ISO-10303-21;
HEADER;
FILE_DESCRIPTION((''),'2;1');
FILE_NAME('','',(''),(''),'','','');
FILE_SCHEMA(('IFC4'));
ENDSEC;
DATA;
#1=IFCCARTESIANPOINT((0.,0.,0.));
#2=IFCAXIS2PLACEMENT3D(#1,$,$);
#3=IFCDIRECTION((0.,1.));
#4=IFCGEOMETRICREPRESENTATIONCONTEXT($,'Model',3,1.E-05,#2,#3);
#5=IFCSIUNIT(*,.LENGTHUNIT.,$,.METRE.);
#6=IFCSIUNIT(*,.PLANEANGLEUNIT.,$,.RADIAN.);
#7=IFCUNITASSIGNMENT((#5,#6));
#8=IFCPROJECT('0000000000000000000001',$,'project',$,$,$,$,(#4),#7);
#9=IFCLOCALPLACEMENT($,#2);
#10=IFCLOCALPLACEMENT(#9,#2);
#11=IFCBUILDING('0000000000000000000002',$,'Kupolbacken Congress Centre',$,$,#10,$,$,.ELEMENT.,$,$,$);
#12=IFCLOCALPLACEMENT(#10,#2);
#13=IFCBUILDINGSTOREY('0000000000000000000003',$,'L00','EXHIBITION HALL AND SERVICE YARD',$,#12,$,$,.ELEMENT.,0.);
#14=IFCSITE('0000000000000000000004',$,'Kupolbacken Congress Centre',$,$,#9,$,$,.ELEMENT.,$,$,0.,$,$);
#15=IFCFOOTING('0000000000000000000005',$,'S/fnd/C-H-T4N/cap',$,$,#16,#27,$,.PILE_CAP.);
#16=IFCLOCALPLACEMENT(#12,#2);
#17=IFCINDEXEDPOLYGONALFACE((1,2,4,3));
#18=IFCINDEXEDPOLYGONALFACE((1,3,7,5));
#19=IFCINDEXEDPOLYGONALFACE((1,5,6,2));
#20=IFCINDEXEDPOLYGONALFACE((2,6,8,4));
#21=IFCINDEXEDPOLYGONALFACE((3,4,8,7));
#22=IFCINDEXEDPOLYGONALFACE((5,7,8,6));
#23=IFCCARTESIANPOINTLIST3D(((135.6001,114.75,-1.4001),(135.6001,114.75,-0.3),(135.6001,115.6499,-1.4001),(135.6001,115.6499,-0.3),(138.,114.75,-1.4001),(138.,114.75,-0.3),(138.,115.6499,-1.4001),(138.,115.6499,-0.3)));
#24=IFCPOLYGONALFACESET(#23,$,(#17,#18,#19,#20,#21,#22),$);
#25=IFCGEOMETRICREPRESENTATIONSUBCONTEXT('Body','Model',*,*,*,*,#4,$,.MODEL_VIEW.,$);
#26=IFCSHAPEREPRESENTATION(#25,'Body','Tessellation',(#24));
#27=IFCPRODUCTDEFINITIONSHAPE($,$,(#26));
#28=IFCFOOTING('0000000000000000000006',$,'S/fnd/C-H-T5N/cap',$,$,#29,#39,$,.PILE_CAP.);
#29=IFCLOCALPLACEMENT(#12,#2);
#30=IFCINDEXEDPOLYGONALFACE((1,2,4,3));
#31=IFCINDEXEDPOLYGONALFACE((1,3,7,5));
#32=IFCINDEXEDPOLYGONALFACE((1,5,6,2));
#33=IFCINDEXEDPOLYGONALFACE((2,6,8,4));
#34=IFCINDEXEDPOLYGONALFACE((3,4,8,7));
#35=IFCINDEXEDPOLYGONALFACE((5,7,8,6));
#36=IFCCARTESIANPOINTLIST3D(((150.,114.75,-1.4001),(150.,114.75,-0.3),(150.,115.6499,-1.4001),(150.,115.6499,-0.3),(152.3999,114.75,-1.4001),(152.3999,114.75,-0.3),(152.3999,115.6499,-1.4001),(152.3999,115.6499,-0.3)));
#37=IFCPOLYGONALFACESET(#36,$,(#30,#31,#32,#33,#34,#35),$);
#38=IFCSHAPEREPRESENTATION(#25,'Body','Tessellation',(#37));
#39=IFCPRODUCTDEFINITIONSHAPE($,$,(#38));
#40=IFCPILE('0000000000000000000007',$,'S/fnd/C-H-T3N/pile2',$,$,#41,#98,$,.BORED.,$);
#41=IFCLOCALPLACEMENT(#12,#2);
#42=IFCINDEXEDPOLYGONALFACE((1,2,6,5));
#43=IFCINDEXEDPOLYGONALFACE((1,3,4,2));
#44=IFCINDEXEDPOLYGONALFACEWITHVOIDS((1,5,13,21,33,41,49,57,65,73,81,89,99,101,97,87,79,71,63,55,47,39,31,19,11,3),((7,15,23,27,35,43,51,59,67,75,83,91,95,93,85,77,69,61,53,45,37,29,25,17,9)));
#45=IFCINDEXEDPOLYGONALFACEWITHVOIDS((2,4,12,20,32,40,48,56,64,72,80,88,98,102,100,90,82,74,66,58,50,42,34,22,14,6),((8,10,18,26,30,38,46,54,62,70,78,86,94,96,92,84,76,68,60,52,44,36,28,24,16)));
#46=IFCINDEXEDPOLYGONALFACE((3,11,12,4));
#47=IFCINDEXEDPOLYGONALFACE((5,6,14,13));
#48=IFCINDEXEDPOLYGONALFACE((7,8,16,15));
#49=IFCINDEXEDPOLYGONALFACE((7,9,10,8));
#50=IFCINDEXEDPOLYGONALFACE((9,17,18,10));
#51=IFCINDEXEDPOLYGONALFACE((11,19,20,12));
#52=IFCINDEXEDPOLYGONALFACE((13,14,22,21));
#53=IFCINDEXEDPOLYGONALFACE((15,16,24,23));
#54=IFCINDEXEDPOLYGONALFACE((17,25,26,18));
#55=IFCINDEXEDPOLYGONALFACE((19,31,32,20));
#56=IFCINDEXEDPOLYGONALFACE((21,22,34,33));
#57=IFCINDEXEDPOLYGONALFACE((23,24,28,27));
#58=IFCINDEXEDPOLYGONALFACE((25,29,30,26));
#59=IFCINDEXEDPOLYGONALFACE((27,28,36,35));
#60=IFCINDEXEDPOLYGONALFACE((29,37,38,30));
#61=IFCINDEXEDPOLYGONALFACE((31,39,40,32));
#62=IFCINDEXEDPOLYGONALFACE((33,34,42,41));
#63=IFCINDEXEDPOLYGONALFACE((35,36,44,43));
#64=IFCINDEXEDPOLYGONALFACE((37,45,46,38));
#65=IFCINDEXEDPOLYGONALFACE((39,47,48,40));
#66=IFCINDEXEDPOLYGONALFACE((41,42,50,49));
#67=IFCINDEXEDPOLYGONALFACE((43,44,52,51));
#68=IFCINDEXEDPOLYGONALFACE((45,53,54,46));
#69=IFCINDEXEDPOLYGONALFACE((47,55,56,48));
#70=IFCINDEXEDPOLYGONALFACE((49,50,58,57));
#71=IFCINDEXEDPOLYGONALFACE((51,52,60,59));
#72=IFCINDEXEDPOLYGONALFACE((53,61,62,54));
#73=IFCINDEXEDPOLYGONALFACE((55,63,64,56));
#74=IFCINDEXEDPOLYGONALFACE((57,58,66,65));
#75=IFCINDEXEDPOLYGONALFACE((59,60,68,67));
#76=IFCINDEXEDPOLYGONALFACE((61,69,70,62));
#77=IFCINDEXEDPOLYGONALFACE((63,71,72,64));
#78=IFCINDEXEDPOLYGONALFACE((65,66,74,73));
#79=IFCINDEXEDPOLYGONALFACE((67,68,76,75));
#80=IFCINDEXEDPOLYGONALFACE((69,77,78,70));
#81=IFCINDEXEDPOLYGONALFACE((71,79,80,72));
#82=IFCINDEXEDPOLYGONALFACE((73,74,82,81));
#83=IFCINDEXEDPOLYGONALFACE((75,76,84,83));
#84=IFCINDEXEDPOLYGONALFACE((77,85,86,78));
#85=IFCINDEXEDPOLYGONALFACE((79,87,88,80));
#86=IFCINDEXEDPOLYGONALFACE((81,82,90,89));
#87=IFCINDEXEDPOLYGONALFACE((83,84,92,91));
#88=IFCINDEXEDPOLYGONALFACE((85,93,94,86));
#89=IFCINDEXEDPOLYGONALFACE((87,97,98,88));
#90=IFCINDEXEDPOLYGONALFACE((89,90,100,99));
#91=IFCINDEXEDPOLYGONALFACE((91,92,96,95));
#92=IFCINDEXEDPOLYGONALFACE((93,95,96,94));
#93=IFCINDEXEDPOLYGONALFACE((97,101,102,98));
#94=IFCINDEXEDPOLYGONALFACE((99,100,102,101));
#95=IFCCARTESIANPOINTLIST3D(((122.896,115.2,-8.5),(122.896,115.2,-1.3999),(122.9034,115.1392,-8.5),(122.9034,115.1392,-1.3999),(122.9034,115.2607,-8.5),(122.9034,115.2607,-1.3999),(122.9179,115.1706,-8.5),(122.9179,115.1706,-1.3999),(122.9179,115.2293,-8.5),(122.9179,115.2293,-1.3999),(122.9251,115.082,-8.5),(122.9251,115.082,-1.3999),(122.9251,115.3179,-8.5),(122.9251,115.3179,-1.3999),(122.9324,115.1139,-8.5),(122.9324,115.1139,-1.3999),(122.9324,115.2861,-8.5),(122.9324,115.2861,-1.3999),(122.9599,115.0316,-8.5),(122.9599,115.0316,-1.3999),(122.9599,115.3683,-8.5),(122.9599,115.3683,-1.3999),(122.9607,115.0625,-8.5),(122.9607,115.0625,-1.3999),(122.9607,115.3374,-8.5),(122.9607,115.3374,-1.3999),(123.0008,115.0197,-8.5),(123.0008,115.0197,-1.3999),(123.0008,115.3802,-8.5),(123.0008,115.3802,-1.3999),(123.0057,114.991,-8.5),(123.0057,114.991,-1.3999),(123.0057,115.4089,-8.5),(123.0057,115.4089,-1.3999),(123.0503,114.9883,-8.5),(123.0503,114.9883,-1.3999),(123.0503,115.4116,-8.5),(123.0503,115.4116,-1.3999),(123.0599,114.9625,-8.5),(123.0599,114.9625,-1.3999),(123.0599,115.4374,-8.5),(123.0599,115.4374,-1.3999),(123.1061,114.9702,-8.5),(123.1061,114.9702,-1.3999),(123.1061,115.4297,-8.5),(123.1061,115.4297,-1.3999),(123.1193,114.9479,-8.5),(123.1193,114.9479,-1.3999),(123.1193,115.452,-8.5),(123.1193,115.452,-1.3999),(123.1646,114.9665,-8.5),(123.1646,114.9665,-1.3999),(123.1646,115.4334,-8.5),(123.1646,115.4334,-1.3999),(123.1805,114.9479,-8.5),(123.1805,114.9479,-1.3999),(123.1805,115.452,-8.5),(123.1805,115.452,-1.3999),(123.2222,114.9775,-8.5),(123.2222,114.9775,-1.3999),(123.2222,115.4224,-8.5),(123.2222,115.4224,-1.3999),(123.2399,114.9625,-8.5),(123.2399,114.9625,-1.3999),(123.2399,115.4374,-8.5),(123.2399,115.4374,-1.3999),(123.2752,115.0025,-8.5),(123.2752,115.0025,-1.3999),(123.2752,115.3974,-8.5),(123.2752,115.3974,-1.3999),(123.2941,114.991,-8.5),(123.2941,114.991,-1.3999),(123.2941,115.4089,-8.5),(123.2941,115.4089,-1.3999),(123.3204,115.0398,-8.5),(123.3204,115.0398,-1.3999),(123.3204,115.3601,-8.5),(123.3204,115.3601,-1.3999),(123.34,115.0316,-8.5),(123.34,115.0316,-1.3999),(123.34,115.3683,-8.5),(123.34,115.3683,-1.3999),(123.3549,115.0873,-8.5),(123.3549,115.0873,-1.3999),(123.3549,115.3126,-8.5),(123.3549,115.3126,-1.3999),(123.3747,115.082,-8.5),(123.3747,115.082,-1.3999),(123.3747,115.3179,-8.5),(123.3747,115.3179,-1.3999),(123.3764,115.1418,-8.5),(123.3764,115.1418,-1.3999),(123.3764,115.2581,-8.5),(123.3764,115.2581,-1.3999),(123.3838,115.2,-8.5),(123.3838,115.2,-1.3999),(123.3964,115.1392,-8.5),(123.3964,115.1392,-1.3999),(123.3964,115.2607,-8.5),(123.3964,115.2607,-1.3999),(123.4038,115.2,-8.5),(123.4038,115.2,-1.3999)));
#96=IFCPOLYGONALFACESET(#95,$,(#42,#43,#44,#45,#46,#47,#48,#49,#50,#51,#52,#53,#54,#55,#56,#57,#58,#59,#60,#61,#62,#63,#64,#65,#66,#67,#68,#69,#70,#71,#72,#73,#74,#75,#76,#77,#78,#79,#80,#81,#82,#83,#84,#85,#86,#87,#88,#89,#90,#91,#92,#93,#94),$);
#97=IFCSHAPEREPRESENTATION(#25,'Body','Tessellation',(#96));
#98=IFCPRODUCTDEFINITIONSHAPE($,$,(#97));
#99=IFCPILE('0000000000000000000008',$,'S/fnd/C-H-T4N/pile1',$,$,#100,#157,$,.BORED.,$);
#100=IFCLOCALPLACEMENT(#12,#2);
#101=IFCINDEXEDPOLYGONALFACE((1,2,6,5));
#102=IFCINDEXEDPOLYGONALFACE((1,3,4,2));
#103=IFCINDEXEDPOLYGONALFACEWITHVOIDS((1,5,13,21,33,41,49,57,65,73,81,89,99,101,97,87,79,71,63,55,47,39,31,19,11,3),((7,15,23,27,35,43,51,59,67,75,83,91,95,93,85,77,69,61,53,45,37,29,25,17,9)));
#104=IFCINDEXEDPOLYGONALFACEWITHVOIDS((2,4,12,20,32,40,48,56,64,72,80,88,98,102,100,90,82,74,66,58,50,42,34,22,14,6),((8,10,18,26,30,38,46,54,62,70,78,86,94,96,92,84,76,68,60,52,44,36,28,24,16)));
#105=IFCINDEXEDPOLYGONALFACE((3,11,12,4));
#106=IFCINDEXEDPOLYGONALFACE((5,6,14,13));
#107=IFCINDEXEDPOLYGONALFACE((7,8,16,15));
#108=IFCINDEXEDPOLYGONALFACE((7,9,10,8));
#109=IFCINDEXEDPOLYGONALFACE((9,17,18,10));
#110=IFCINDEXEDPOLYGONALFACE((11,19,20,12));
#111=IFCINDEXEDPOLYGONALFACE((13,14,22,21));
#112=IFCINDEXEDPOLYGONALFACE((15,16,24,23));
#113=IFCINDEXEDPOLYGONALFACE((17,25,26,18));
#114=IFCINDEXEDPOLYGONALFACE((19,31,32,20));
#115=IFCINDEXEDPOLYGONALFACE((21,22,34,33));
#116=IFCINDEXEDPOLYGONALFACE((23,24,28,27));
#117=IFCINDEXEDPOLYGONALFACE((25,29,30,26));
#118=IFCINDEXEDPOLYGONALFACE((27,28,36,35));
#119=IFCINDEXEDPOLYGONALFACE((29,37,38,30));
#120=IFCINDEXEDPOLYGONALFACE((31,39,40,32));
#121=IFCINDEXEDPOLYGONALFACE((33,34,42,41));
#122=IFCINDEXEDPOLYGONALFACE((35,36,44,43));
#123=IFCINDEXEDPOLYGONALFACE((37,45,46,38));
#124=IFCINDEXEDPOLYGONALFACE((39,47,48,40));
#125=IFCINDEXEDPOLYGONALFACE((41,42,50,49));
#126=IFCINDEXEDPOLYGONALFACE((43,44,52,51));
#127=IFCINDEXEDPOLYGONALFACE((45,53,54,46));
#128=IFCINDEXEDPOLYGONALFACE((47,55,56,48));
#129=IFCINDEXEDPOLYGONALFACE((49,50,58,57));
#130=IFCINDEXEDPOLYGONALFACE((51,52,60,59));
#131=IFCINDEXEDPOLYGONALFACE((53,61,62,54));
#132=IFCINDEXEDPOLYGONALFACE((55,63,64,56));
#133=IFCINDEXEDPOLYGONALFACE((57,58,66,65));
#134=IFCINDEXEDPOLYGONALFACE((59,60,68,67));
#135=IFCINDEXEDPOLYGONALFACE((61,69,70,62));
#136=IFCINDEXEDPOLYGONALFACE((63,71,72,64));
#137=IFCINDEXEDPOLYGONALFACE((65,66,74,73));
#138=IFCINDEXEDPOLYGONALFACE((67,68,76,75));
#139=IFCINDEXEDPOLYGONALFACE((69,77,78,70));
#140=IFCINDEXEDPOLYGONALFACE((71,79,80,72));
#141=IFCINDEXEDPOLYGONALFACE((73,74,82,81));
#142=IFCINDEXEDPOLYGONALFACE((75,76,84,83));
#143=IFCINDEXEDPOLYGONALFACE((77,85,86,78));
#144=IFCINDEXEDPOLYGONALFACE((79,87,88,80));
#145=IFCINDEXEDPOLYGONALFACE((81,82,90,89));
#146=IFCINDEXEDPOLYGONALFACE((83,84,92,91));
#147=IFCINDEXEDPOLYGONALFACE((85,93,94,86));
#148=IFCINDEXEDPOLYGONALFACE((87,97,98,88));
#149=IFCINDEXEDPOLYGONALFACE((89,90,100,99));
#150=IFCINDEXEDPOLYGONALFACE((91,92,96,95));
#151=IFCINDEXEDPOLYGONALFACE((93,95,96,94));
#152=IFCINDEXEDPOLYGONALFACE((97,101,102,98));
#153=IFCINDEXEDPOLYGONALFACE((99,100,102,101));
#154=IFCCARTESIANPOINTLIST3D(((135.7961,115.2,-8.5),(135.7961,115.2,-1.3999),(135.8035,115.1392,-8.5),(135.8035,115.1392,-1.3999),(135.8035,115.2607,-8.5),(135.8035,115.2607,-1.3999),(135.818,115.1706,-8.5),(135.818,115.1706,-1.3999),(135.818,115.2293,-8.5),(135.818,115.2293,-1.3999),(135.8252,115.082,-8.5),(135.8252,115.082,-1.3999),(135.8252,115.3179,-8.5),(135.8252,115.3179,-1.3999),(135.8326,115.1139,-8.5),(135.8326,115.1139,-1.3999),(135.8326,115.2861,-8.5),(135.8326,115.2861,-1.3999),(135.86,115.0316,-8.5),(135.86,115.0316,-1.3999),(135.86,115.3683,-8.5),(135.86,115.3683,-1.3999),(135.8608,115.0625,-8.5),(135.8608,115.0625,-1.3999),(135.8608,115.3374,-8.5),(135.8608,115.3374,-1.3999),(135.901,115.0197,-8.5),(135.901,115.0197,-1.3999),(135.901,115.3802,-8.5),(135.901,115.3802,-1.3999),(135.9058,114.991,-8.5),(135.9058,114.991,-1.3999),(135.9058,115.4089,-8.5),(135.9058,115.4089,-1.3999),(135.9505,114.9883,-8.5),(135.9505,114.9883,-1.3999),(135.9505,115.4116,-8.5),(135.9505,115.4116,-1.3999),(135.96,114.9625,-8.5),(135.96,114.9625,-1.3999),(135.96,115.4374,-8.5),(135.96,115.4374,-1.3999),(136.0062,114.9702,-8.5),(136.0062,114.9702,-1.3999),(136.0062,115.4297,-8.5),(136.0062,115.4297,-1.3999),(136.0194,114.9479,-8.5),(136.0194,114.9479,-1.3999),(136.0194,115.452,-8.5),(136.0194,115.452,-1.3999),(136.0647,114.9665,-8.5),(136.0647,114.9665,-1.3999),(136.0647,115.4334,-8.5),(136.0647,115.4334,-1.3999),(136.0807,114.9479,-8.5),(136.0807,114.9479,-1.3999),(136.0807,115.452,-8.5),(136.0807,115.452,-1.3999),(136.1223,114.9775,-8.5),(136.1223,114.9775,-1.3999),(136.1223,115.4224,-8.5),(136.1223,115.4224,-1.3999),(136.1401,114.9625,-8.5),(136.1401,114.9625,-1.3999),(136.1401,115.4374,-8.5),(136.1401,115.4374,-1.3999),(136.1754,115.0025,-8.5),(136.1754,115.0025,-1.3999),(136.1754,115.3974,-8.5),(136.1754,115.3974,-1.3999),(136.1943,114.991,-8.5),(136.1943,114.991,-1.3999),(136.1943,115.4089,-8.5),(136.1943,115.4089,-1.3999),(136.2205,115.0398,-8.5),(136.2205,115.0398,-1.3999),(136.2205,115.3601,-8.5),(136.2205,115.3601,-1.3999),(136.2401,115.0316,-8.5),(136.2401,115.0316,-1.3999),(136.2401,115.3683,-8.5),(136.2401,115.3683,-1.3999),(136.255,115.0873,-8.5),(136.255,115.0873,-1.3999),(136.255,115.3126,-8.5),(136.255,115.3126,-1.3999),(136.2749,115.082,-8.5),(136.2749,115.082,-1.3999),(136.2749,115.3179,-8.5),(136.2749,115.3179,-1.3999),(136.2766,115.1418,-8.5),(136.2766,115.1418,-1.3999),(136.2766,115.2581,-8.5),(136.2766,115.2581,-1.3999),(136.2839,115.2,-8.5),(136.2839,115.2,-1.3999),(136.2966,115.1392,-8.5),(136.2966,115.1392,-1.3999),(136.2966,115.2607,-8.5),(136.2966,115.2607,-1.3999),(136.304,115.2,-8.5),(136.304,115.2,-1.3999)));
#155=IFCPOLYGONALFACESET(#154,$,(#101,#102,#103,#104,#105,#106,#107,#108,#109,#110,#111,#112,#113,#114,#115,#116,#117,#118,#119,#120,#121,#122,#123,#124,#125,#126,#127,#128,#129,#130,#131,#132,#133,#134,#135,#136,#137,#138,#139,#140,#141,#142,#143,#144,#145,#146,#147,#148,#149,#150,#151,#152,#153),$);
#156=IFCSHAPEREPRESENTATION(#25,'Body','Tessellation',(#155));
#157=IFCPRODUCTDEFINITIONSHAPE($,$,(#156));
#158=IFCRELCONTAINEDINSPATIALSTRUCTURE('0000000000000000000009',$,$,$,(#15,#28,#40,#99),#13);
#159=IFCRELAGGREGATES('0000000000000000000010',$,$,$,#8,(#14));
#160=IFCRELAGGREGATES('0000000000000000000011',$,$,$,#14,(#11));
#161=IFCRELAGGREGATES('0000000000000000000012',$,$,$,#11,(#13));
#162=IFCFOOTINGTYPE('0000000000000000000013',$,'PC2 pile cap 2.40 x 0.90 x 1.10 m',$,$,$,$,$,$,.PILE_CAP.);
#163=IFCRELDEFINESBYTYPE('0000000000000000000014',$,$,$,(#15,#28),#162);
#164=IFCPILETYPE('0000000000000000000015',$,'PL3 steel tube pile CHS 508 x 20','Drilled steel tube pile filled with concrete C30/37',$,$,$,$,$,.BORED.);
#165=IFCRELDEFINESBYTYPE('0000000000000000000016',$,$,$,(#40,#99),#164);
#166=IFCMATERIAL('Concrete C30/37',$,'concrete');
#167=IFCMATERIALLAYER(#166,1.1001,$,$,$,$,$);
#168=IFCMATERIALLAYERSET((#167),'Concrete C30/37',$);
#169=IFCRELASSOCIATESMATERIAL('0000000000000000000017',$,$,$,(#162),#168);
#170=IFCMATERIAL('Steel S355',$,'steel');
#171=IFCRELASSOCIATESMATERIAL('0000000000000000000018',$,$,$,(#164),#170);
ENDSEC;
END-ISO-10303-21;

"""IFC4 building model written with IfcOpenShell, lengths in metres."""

from ifc_helpers import new_model, si_unit, direction, frame, origin, origin_2d, place, context, subcontext, project, spatial, rectangle, hollow_circle, extrude, material, layer, layer_set, material_profile, profile_set, type_object, element, save


model = new_model("IFC4")

# Units and contexts
model_context = context("Model", 3, precision=1e-05, world=origin(), true_north=direction((0.0, 1.0)))
body_context = subcontext(model_context, "Body", "Model", "MODEL_VIEW")
ifc_project = project(units=[si_unit("LENGTHUNIT", "METRE"), si_unit("PLANEANGLEUNIT", "RADIAN")], contexts=[model_context])

# Site, building, storey
site_placement = place(None, origin())
site = spatial("IfcSite", under=ifc_project, at=site_placement, Name="Kupolbacken Congress Centre", CompositionType="ELEMENT", RefElevation=0.0)
building_placement = place(site_placement, origin())
building = spatial("IfcBuilding", under=site, at=building_placement, Name="Kupolbacken Congress Centre", CompositionType="ELEMENT")
storey_placement = place(building_placement, origin())
storey = spatial("IfcBuildingStorey", under=building, at=storey_placement, Name="L00", Description="EXHIBITION HALL AND SERVICE YARD", CompositionType="ELEMENT", Elevation=0.0)

# Footings
ifc_material_1 = material(Name="Concrete C30/37", Category="concrete")
ifc_layer_1 = layer(ifc_material_1, 1.1001)
ifc_layer_set_1 = layer_set([ifc_layer_1], Name="Concrete C30/37")
footing_type = type_object("IfcFootingType", Name="PC2 pile cap 2.40 x 0.90 x 1.10 m", PredefinedType="PILE_CAP", material=ifc_layer_set_1)
for number, where, z_axis, x_axis, name in (
    (1, (136.8, 115.2, -1.4001), (0.0, 0.0, 1.0), (1.0, 0.0, 0.0), "S/fnd/C-H-T4N/cap"),
    (2, (151.2, 115.2, -1.4001), (0.0, 0.0, 1.0), (1.0, 0.0, 0.0), "S/fnd/C-H-T5N/cap"),
):
    element("IfcFooting", number, at=place(storey_placement, frame(where, z_axis=z_axis, x_axis=x_axis)), inside=storey, type_object=footing_type, Name=name, PredefinedType="PILE_CAP", context=body_context, shape_type="SweptSolid", body=[
        extrude(rectangle(XDim=2.3999, YDim=0.8999, at=origin_2d()), origin(), (0.0, 0.0, 1.0), 1.1001),
    ])

# Piles
ifc_material_2 = material(Name="Steel S355", Category="steel")
ifc_material_profile_1 = material_profile(ifc_material_2, hollow_circle(Radius=0.2539, WallThickness=0.02, at=origin_2d()), Name="CHS 508 x 20")
ifc_profile_set_1 = profile_set([ifc_material_profile_1], Name="Steel S355")
pile_type = type_object("IfcPileType", Name="PL3 steel tube pile CHS 508 x 20", Description="Drilled steel tube pile filled with concrete C30/37", PredefinedType="BORED", material=ifc_profile_set_1)
for number, where, z_axis, x_axis, name in (
    (3, (123.1499, 115.2, -1.3999), (0.0, 0.0, -1.0), (1.0, 0.0, 0.0), "S/fnd/C-H-T3N/pile2"),
    (4, (136.05, 115.2, -1.3999), (0.0, 0.0, -1.0), (1.0, 0.0, 0.0), "S/fnd/C-H-T4N/pile1"),
):
    element("IfcPile", number, at=place(storey_placement, frame(where, z_axis=z_axis, x_axis=x_axis)), inside=storey, type_object=pile_type, Name=name, PredefinedType="BORED", context=body_context, shape_type="SweptSolid", body=[
        extrude(hollow_circle(Radius=0.2539, WallThickness=0.02, at=origin_2d()), origin(), (0.0, 0.0, 1.0), 7.1001),
    ])

save(model, "model.ifc")
